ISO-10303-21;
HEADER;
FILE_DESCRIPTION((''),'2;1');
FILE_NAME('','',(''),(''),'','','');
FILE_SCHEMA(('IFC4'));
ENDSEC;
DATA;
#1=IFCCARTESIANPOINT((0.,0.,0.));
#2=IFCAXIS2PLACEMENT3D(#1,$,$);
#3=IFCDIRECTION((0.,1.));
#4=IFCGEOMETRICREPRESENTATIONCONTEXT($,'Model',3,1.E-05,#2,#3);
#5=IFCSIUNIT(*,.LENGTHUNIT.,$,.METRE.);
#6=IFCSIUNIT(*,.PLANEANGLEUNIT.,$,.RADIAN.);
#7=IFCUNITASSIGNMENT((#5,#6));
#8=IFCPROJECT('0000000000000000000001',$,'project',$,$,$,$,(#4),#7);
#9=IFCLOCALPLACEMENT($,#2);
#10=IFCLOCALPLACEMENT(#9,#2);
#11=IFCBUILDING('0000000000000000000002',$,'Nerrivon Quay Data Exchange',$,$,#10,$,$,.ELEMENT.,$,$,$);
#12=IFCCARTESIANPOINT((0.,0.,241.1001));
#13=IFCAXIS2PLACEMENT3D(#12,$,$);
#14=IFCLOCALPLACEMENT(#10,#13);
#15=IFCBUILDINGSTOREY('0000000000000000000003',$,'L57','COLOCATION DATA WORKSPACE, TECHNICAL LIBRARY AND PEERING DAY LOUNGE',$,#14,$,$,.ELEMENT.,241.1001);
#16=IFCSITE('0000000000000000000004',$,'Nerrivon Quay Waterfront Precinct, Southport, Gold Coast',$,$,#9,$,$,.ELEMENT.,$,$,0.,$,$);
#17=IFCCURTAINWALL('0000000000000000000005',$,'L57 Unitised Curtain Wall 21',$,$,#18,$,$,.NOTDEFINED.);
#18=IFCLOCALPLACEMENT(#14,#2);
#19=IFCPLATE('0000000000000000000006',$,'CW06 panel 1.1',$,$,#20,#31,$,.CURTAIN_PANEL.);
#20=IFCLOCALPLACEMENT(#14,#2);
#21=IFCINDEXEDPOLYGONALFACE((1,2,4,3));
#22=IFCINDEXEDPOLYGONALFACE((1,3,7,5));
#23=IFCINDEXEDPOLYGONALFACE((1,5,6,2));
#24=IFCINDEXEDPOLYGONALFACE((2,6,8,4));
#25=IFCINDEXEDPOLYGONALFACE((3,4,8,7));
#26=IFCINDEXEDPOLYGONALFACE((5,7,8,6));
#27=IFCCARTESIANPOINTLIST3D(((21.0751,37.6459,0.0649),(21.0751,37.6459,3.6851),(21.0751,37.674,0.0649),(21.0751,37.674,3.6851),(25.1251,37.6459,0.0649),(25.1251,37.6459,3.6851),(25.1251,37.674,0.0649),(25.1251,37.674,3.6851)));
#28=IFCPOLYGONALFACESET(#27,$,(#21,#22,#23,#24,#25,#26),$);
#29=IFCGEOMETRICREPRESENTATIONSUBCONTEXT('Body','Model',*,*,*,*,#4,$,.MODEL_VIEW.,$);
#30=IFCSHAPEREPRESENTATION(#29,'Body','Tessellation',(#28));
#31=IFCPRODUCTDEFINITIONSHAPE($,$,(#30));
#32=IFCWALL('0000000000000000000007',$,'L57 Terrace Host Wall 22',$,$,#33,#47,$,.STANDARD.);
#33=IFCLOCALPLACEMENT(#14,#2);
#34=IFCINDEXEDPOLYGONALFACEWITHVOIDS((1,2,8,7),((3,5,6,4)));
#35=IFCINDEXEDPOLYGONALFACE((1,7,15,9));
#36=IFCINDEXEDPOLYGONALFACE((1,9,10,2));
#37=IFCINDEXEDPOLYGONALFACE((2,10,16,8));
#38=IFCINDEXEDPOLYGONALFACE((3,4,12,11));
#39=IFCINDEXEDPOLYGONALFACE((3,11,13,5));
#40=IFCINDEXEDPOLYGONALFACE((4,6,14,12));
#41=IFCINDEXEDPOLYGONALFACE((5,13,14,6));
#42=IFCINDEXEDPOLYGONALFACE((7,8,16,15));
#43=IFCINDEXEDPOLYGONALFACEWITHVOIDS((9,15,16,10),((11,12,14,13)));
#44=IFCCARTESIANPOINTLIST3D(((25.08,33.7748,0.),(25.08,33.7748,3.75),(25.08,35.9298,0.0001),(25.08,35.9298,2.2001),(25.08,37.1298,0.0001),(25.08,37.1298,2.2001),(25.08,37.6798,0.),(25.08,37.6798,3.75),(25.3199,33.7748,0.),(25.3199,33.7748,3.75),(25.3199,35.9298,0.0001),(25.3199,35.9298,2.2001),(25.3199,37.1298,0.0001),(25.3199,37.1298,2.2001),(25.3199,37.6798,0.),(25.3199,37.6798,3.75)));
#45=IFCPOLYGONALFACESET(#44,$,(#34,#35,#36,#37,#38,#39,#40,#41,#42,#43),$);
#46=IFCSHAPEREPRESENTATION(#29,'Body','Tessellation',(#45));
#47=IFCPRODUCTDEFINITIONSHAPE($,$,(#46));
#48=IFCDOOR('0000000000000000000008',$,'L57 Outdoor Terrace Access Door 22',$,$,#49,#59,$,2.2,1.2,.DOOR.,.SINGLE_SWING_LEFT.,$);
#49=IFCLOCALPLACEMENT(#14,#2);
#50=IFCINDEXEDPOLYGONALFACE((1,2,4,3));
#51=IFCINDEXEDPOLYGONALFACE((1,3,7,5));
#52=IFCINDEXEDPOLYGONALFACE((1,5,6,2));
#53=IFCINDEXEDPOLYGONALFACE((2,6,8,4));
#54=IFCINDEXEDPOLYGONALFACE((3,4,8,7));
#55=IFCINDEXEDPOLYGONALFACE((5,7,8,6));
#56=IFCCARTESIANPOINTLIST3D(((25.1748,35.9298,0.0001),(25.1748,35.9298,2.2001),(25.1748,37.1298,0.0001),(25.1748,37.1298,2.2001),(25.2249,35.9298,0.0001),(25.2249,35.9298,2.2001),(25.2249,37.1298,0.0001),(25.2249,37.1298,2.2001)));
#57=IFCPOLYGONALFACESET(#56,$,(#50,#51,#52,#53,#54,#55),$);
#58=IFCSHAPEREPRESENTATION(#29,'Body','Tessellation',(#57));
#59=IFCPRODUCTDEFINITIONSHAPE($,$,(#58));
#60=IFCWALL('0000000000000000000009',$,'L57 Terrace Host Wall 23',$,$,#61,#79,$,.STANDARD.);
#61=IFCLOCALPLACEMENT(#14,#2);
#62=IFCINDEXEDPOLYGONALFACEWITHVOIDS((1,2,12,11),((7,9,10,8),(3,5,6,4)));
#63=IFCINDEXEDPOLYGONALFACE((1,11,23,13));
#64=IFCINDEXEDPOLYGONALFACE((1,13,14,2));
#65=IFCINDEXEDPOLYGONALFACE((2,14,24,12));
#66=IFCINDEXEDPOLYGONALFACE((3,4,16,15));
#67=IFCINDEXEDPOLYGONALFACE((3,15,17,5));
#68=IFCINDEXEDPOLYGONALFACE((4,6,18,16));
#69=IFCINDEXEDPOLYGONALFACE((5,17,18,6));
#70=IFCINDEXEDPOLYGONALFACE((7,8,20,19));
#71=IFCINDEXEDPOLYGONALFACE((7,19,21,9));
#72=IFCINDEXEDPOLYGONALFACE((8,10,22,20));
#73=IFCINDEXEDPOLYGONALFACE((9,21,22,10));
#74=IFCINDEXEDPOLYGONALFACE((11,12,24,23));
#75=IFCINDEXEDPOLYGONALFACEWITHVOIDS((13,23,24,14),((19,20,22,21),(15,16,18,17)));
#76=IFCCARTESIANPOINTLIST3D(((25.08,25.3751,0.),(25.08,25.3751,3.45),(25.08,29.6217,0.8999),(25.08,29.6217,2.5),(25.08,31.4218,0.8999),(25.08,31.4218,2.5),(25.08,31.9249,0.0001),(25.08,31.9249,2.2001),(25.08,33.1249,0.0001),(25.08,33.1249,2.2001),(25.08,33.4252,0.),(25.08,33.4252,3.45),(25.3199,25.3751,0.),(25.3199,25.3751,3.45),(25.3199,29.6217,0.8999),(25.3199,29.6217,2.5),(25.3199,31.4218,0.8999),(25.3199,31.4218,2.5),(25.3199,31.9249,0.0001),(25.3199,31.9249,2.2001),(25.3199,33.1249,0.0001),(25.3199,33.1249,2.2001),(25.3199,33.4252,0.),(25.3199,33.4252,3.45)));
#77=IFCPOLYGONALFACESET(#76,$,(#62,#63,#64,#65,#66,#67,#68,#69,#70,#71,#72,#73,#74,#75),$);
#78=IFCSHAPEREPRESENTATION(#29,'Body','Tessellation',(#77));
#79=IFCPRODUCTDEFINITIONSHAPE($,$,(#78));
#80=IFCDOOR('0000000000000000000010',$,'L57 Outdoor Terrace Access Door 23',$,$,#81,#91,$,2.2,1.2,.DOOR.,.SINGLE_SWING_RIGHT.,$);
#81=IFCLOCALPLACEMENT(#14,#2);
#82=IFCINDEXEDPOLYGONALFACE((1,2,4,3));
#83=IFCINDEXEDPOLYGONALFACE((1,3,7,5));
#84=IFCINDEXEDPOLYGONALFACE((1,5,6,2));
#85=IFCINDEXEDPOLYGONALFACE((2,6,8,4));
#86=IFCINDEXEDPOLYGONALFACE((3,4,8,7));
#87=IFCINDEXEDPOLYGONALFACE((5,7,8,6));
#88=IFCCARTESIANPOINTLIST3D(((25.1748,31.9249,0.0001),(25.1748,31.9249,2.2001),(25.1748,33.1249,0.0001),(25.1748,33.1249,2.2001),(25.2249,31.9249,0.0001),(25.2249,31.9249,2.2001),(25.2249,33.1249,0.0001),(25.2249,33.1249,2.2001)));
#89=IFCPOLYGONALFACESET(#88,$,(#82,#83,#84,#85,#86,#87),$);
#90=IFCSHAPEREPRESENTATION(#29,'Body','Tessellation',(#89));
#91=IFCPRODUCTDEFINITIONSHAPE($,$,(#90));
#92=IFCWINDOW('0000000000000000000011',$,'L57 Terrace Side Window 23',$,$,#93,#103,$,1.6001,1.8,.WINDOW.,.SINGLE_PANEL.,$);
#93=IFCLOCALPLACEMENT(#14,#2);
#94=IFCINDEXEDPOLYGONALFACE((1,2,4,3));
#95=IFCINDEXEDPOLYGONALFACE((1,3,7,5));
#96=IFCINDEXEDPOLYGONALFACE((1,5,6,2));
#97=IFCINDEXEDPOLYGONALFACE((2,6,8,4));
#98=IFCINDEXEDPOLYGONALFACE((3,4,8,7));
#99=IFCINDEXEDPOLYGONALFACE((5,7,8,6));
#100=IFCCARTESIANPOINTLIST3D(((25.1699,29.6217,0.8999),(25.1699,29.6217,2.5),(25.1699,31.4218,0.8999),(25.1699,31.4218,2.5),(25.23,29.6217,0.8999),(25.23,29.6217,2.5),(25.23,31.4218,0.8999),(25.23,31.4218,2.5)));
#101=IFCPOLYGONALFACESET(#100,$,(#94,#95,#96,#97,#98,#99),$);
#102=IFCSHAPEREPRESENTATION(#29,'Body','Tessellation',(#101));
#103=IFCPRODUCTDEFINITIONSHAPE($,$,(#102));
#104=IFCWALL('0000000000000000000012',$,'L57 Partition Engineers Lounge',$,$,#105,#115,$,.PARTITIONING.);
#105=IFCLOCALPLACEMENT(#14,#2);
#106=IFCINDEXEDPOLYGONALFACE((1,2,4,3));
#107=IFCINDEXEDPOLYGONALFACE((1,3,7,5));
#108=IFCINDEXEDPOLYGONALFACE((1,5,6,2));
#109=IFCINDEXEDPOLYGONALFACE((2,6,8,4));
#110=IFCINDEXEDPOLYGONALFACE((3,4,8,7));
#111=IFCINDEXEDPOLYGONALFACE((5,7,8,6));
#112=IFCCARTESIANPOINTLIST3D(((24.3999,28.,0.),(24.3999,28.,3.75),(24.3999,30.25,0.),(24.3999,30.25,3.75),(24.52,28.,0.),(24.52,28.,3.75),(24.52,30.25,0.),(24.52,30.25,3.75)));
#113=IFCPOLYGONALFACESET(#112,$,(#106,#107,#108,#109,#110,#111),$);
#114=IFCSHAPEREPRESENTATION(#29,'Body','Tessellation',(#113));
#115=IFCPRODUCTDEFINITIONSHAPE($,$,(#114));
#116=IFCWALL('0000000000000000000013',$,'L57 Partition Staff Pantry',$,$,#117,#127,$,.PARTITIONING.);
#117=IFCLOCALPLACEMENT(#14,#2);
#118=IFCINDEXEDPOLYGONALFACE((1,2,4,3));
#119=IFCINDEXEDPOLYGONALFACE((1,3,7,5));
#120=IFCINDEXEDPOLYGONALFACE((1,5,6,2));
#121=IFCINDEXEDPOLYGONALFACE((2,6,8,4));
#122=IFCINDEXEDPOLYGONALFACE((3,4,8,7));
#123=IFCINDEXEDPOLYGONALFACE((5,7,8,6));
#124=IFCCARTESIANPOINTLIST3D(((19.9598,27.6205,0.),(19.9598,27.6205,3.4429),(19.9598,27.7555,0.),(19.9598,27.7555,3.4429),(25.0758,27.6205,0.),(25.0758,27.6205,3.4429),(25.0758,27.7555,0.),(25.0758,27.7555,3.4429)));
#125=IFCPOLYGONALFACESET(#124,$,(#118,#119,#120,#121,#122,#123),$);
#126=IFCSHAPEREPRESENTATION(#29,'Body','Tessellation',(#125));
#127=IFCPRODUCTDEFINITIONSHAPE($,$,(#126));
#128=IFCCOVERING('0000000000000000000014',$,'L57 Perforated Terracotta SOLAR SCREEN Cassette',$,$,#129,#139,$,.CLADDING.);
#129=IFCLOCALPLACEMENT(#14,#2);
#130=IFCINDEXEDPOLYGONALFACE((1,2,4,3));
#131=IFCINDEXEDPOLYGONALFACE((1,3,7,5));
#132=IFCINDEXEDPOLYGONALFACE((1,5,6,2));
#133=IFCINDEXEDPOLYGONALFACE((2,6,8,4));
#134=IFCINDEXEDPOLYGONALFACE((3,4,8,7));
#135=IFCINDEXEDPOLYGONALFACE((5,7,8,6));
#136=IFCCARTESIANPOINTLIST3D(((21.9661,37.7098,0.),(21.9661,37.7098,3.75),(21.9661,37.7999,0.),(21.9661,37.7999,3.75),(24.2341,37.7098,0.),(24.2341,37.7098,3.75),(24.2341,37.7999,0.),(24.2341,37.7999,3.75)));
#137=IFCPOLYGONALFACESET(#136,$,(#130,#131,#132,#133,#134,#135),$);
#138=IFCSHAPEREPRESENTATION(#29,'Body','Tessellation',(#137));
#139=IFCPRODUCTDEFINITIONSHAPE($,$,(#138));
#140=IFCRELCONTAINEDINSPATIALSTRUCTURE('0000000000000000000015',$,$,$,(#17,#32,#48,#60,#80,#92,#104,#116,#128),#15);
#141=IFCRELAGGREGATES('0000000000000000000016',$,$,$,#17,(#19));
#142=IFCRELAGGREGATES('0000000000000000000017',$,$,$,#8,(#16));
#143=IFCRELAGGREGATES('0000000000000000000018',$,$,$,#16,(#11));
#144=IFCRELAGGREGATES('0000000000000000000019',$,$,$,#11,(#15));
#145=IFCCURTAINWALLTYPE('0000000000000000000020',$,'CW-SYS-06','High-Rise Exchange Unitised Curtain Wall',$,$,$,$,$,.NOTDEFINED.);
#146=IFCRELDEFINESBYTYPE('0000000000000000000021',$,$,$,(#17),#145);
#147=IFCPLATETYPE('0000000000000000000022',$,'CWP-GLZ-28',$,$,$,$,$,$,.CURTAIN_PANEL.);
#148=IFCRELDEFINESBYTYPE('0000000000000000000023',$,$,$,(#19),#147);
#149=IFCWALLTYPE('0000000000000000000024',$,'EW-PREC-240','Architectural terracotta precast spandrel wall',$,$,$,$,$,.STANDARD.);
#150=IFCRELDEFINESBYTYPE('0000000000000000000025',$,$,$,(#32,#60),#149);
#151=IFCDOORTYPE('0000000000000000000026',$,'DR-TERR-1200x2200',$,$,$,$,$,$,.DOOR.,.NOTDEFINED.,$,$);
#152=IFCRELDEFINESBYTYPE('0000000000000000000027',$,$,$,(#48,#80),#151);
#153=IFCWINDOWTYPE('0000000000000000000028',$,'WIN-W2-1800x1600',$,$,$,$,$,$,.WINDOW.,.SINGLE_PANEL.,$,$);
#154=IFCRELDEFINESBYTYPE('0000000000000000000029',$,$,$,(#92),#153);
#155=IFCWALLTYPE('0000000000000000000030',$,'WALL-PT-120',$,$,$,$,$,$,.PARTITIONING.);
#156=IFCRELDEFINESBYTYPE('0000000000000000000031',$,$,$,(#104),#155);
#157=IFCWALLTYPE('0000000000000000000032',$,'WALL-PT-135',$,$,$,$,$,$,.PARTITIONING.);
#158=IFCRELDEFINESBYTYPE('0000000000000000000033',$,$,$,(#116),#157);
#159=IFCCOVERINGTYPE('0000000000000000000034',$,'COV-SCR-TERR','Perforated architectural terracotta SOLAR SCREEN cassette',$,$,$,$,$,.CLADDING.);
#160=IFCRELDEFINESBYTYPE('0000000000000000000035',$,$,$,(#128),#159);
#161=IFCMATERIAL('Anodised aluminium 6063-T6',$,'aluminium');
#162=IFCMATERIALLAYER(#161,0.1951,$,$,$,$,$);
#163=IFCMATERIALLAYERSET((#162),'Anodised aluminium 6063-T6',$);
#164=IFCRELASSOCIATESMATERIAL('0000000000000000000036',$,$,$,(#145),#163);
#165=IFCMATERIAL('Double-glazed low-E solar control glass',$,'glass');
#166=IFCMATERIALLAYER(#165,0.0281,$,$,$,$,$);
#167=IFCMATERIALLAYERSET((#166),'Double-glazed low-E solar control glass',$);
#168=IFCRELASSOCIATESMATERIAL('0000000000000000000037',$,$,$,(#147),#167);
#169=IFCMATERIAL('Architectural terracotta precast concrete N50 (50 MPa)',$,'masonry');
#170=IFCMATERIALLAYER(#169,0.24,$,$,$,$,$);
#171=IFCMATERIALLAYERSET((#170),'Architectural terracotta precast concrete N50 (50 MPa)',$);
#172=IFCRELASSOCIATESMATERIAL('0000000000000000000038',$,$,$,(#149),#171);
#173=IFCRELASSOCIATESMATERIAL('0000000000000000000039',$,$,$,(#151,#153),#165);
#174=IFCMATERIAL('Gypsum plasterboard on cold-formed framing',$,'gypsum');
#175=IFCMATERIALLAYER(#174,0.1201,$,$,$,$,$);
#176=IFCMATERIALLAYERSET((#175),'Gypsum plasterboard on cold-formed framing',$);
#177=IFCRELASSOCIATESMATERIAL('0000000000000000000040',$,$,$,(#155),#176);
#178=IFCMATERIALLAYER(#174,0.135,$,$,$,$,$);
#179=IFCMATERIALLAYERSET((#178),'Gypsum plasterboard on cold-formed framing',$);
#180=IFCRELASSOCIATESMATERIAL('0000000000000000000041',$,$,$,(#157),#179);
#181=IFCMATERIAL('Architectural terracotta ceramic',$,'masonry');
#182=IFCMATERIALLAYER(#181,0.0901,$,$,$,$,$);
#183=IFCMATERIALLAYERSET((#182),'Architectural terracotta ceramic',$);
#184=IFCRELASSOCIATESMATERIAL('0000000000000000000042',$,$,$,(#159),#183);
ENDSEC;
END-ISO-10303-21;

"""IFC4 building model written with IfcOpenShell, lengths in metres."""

from ifc_helpers import new_model, si_unit, direction, frame, frame_2d, origin, origin_2d, place, context, subcontext, project, spatial, rectangle, extrude, material, layer, layer_set, type_object, element, fill, aggregate, save


model = new_model("IFC4")

# Units and contexts
model_context = context("Model", 3, precision=1e-05, world=origin(), true_north=direction((0.0, 1.0)))
body_context = subcontext(model_context, "Body", "Model", "MODEL_VIEW")
ifc_project = project(units=[si_unit("LENGTHUNIT", "METRE"), si_unit("PLANEANGLEUNIT", "RADIAN")], contexts=[model_context])

# Site, building, storey
site_placement = place(None, origin())
site = spatial("IfcSite", under=ifc_project, at=site_placement, Name="Nerrivon Quay Waterfront Precinct, Southport, Gold Coast", CompositionType="ELEMENT", RefElevation=0.0)
building_placement = place(site_placement, origin())
building = spatial("IfcBuilding", under=site, at=building_placement, Name="Nerrivon Quay Data Exchange", CompositionType="ELEMENT")
storey_placement = place(building_placement, frame((0.0, 0.0, 241.1001)))
storey = spatial("IfcBuildingStorey", under=building, at=storey_placement, Name="L57", Description="COLOCATION DATA WORKSPACE, TECHNICAL LIBRARY AND PEERING DAY LOUNGE", CompositionType="ELEMENT", Elevation=241.1001)

# Curtain wall, plate
ifc_material_1 = material(Name="Anodised aluminium 6063-T6", Category="aluminium")
ifc_layer_1 = layer(ifc_material_1, 0.1951)
ifc_layer_set_1 = layer_set([ifc_layer_1], Name="Anodised aluminium 6063-T6")
curtain_wall_type = type_object("IfcCurtainWallType", Name="CW-SYS-06", Description="High-Rise Exchange Unitised Curtain Wall", PredefinedType="NOTDEFINED", material=ifc_layer_set_1)
curtain_wall_placement = place(storey_placement, origin())
curtain_wall = element("IfcCurtainWall", 1, at=curtain_wall_placement, inside=storey, type_object=curtain_wall_type, Name="L57 Unitised Curtain Wall 21", PredefinedType="NOTDEFINED")
ifc_material_2 = material(Name="Double-glazed low-E solar control glass", Category="glass")
ifc_layer_2 = layer(ifc_material_2, 0.0281)
ifc_layer_set_2 = layer_set([ifc_layer_2], Name="Double-glazed low-E solar control glass")
plate_type = type_object("IfcPlateType", Name="CWP-GLZ-28", PredefinedType="CURTAIN_PANEL", material=ifc_layer_set_2)
plate_placement = place(storey_placement, frame((23.1001, 37.6599, 0.0649), z_axis=(0.0, 0.0, 1.0), x_axis=(1.0, 0.0, 0.0)))
plate = element("IfcPlate", 2, at=plate_placement, type_object=plate_type, Name="CW06 panel 1.1", PredefinedType="CURTAIN_PANEL", context=body_context, shape_type="SweptSolid", body=[
    extrude(rectangle(XDim=4.05, YDim=0.0281, at=origin_2d()), origin(), (0.0, 0.0, 1.0), 3.6201),
])
aggregate(curtain_wall, [plate])

# Wall, opening, door
ifc_material_3 = material(Name="Architectural terracotta precast concrete N50 (50 MPa)", Category="masonry")
ifc_layer_3 = layer(ifc_material_3, 0.24)
ifc_layer_set_3 = layer_set([ifc_layer_3], Name="Architectural terracotta precast concrete N50 (50 MPa)")
wall_type_1 = type_object("IfcWallType", Name="EW-PREC-240", Description="Architectural terracotta precast spandrel wall", PredefinedType="STANDARD", material=ifc_layer_set_3)
wall_1_placement = place(storey_placement, frame((25.2, 37.6799, 0.0), z_axis=(0.0, 0.0, 1.0), x_axis=(0.0, -1.0, 0.0)))
wall_1 = element("IfcWall", 3, at=wall_1_placement, inside=storey, type_object=wall_type_1, Name="L57 Terrace Host Wall 22", PredefinedType="STANDARD", context=body_context, shape_type="SweptSolid", body=[
    extrude(rectangle(XDim=3.905, YDim=0.24, at=frame_2d((1.9526, 0.0))), origin(), (0.0, 0.0, 1.0), 3.75),
])
opening_1_placement = place(wall_1_placement, frame((0.55, 0.0, 0.0)))
opening_1 = element("IfcOpeningElement", 4, at=opening_1_placement, cuts=wall_1, PredefinedType="OPENING", context=body_context, shape_type="SweptSolid", body=[
    extrude(rectangle(XDim=1.2, YDim=2.2, at=frame_2d((0.6001, 1.1001))), frame((0.0, 0.1299, 0.0), z_axis=(0.0, -1.0, 0.0), x_axis=(1.0, 0.0, 0.0)), (0.0, 0.0, 1.0), 0.26),
])
door_type = type_object("IfcDoorType", Name="DR-TERR-1200x2200", OperationType="NOTDEFINED", PredefinedType="DOOR", material=ifc_material_2)
door_1_placement = place(opening_1_placement, origin())
door_1 = element("IfcDoor", 5, at=door_1_placement, inside=storey, type_object=door_type, Name="L57 Outdoor Terrace Access Door 22", OperationType="SINGLE_SWING_LEFT", OverallHeight=2.2, OverallWidth=1.2, PredefinedType="DOOR", context=body_context, shape_type="SweptSolid", body=[
    extrude(rectangle(XDim=1.2, YDim=2.2, at=frame_2d((0.6001, 1.1001))), frame((0.0, 0.0249, 0.0), z_axis=(0.0, -1.0, 0.0), x_axis=(1.0, 0.0, 0.0)), (0.0, 0.0, 1.0), 0.05),
])
fill(opening_1, door_1)

# Wall, openings, door, window
wall_2_placement = place(storey_placement, frame((25.2, 33.425, 0.0), z_axis=(0.0, 0.0, 1.0), x_axis=(0.0, -1.0, 0.0)))
wall_2 = element("IfcWall", 6, at=wall_2_placement, inside=storey, type_object=wall_type_1, Name="L57 Terrace Host Wall 23", PredefinedType="STANDARD", context=body_context, shape_type="SweptSolid", body=[
    extrude(rectangle(XDim=8.05, YDim=0.24, at=frame_2d((4.0249, 0.0))), origin(), (0.0, 0.0, 1.0), 3.45),
])
opening_2_placement = place(wall_2_placement, frame((0.3, 0.0, 0.0)))
opening_2 = element("IfcOpeningElement", 7, at=opening_2_placement, cuts=wall_2, PredefinedType="OPENING", context=body_context, shape_type="SweptSolid", body=[
    extrude(rectangle(XDim=1.2, YDim=2.2, at=frame_2d((0.6001, 1.1001))), frame((0.0, 0.1299, 0.0), z_axis=(0.0, -1.0, 0.0), x_axis=(1.0, 0.0, 0.0)), (0.0, 0.0, 1.0), 0.26),
])
opening_3_placement = place(wall_2_placement, frame((2.0034, 0.0, 0.8999)))
opening_3 = element("IfcOpeningElement", 8, at=opening_3_placement, cuts=wall_2, PredefinedType="OPENING", context=body_context, shape_type="SweptSolid", body=[
    extrude(rectangle(XDim=1.8, YDim=1.6001, at=frame_2d((0.8999, 0.8))), frame((0.0, 0.1299, 0.0), z_axis=(0.0, -1.0, 0.0), x_axis=(1.0, 0.0, 0.0)), (0.0, 0.0, 1.0), 0.26),
])
door_2_placement = place(opening_2_placement, origin())
door_2 = element("IfcDoor", 9, at=door_2_placement, inside=storey, type_object=door_type, Name="L57 Outdoor Terrace Access Door 23", OperationType="SINGLE_SWING_RIGHT", OverallHeight=2.2, OverallWidth=1.2, PredefinedType="DOOR", context=body_context, shape_type="SweptSolid", body=[
    extrude(rectangle(XDim=1.2, YDim=2.2, at=frame_2d((0.6001, 1.1001))), frame((0.0, 0.0249, 0.0), z_axis=(0.0, -1.0, 0.0), x_axis=(1.0, 0.0, 0.0)), (0.0, 0.0, 1.0), 0.05),
])
fill(opening_2, door_2)
window_type = type_object("IfcWindowType", Name="WIN-W2-1800x1600", PartitioningType="SINGLE_PANEL", PredefinedType="WINDOW", material=ifc_material_2)
window_placement = place(opening_3_placement, origin())
window = element("IfcWindow", 10, at=window_placement, inside=storey, type_object=window_type, Name="L57 Terrace Side Window 23", OverallHeight=1.6001, OverallWidth=1.8, PartitioningType="SINGLE_PANEL", PredefinedType="WINDOW", context=body_context, shape_type="SweptSolid", body=[
    extrude(rectangle(XDim=1.8, YDim=1.6001, at=frame_2d((0.8999, 0.8))), frame((0.0, 0.03, 0.0), z_axis=(0.0, -1.0, 0.0), x_axis=(1.0, 0.0, 0.0)), (0.0, 0.0, 1.0), 0.0601),
])
fill(opening_3, window)

# Walls
ifc_material_4 = material(Name="Gypsum plasterboard on cold-formed framing", Category="gypsum")
ifc_layer_4 = layer(ifc_material_4, 0.1201)
ifc_layer_set_4 = layer_set([ifc_layer_4], Name="Gypsum plasterboard on cold-formed framing")
wall_type_2 = type_object("IfcWallType", Name="WALL-PT-120", PredefinedType="PARTITIONING", material=ifc_layer_set_4)
wall_3_placement = place(storey_placement, frame((24.46, 30.25, 0.0), z_axis=(0.0, 0.0, 1.0), x_axis=(0.0, -1.0, 0.0)))
element("IfcWall", 11, at=wall_3_placement, inside=storey, type_object=wall_type_2, Name="L57 Partition Engineers Lounge", PredefinedType="PARTITIONING", context=body_context, shape_type="SweptSolid", body=[
    extrude(rectangle(XDim=2.25, YDim=0.1201, at=frame_2d((1.125, 0.0))), origin(), (0.0, 0.0, 1.0), 3.75),
])
ifc_layer_5 = layer(ifc_material_4, 0.135)
ifc_layer_set_5 = layer_set([ifc_layer_5], Name="Gypsum plasterboard on cold-formed framing")
wall_type_3 = type_object("IfcWallType", Name="WALL-PT-135", PredefinedType="PARTITIONING", material=ifc_layer_set_5)
wall_4_placement = place(storey_placement, frame((25.0759, 27.688, 0.0), z_axis=(0.0, 0.0, 1.0), x_axis=(-1.0, 0.0, 0.0)))
element("IfcWall", 12, at=wall_4_placement, inside=storey, type_object=wall_type_3, Name="L57 Partition Staff Pantry", PredefinedType="PARTITIONING", context=body_context, shape_type="SweptSolid", body=[
    extrude(rectangle(XDim=5.116, YDim=0.135, at=frame_2d((2.5581, 0.0))), origin(), (0.0, 0.0, 1.0), 3.4429),
])

# Covering
ifc_material_5 = material(Name="Architectural terracotta ceramic", Category="masonry")
ifc_layer_6 = layer(ifc_material_5, 0.0901)
ifc_layer_set_6 = layer_set([ifc_layer_6], Name="Architectural terracotta ceramic")
covering_type = type_object("IfcCoveringType", Name="COV-SCR-TERR", Description="Perforated architectural terracotta SOLAR SCREEN cassette", PredefinedType="CLADDING", material=ifc_layer_set_6)
covering_placement = place(storey_placement, frame((23.1001, 37.7549, 0.0), z_axis=(0.0, 0.0, 1.0), x_axis=(1.0, 0.0, 0.0)))
element("IfcCovering", 13, at=covering_placement, inside=storey, type_object=covering_type, Name="L57 Perforated Terracotta SOLAR SCREEN Cassette", PredefinedType="CLADDING", context=body_context, shape_type="SweptSolid", body=[
    extrude(rectangle(XDim=2.2681, YDim=0.0901, at=origin_2d()), origin(), (0.0, 0.0, 1.0), 3.75),
])

save(model, "model.ifc")
